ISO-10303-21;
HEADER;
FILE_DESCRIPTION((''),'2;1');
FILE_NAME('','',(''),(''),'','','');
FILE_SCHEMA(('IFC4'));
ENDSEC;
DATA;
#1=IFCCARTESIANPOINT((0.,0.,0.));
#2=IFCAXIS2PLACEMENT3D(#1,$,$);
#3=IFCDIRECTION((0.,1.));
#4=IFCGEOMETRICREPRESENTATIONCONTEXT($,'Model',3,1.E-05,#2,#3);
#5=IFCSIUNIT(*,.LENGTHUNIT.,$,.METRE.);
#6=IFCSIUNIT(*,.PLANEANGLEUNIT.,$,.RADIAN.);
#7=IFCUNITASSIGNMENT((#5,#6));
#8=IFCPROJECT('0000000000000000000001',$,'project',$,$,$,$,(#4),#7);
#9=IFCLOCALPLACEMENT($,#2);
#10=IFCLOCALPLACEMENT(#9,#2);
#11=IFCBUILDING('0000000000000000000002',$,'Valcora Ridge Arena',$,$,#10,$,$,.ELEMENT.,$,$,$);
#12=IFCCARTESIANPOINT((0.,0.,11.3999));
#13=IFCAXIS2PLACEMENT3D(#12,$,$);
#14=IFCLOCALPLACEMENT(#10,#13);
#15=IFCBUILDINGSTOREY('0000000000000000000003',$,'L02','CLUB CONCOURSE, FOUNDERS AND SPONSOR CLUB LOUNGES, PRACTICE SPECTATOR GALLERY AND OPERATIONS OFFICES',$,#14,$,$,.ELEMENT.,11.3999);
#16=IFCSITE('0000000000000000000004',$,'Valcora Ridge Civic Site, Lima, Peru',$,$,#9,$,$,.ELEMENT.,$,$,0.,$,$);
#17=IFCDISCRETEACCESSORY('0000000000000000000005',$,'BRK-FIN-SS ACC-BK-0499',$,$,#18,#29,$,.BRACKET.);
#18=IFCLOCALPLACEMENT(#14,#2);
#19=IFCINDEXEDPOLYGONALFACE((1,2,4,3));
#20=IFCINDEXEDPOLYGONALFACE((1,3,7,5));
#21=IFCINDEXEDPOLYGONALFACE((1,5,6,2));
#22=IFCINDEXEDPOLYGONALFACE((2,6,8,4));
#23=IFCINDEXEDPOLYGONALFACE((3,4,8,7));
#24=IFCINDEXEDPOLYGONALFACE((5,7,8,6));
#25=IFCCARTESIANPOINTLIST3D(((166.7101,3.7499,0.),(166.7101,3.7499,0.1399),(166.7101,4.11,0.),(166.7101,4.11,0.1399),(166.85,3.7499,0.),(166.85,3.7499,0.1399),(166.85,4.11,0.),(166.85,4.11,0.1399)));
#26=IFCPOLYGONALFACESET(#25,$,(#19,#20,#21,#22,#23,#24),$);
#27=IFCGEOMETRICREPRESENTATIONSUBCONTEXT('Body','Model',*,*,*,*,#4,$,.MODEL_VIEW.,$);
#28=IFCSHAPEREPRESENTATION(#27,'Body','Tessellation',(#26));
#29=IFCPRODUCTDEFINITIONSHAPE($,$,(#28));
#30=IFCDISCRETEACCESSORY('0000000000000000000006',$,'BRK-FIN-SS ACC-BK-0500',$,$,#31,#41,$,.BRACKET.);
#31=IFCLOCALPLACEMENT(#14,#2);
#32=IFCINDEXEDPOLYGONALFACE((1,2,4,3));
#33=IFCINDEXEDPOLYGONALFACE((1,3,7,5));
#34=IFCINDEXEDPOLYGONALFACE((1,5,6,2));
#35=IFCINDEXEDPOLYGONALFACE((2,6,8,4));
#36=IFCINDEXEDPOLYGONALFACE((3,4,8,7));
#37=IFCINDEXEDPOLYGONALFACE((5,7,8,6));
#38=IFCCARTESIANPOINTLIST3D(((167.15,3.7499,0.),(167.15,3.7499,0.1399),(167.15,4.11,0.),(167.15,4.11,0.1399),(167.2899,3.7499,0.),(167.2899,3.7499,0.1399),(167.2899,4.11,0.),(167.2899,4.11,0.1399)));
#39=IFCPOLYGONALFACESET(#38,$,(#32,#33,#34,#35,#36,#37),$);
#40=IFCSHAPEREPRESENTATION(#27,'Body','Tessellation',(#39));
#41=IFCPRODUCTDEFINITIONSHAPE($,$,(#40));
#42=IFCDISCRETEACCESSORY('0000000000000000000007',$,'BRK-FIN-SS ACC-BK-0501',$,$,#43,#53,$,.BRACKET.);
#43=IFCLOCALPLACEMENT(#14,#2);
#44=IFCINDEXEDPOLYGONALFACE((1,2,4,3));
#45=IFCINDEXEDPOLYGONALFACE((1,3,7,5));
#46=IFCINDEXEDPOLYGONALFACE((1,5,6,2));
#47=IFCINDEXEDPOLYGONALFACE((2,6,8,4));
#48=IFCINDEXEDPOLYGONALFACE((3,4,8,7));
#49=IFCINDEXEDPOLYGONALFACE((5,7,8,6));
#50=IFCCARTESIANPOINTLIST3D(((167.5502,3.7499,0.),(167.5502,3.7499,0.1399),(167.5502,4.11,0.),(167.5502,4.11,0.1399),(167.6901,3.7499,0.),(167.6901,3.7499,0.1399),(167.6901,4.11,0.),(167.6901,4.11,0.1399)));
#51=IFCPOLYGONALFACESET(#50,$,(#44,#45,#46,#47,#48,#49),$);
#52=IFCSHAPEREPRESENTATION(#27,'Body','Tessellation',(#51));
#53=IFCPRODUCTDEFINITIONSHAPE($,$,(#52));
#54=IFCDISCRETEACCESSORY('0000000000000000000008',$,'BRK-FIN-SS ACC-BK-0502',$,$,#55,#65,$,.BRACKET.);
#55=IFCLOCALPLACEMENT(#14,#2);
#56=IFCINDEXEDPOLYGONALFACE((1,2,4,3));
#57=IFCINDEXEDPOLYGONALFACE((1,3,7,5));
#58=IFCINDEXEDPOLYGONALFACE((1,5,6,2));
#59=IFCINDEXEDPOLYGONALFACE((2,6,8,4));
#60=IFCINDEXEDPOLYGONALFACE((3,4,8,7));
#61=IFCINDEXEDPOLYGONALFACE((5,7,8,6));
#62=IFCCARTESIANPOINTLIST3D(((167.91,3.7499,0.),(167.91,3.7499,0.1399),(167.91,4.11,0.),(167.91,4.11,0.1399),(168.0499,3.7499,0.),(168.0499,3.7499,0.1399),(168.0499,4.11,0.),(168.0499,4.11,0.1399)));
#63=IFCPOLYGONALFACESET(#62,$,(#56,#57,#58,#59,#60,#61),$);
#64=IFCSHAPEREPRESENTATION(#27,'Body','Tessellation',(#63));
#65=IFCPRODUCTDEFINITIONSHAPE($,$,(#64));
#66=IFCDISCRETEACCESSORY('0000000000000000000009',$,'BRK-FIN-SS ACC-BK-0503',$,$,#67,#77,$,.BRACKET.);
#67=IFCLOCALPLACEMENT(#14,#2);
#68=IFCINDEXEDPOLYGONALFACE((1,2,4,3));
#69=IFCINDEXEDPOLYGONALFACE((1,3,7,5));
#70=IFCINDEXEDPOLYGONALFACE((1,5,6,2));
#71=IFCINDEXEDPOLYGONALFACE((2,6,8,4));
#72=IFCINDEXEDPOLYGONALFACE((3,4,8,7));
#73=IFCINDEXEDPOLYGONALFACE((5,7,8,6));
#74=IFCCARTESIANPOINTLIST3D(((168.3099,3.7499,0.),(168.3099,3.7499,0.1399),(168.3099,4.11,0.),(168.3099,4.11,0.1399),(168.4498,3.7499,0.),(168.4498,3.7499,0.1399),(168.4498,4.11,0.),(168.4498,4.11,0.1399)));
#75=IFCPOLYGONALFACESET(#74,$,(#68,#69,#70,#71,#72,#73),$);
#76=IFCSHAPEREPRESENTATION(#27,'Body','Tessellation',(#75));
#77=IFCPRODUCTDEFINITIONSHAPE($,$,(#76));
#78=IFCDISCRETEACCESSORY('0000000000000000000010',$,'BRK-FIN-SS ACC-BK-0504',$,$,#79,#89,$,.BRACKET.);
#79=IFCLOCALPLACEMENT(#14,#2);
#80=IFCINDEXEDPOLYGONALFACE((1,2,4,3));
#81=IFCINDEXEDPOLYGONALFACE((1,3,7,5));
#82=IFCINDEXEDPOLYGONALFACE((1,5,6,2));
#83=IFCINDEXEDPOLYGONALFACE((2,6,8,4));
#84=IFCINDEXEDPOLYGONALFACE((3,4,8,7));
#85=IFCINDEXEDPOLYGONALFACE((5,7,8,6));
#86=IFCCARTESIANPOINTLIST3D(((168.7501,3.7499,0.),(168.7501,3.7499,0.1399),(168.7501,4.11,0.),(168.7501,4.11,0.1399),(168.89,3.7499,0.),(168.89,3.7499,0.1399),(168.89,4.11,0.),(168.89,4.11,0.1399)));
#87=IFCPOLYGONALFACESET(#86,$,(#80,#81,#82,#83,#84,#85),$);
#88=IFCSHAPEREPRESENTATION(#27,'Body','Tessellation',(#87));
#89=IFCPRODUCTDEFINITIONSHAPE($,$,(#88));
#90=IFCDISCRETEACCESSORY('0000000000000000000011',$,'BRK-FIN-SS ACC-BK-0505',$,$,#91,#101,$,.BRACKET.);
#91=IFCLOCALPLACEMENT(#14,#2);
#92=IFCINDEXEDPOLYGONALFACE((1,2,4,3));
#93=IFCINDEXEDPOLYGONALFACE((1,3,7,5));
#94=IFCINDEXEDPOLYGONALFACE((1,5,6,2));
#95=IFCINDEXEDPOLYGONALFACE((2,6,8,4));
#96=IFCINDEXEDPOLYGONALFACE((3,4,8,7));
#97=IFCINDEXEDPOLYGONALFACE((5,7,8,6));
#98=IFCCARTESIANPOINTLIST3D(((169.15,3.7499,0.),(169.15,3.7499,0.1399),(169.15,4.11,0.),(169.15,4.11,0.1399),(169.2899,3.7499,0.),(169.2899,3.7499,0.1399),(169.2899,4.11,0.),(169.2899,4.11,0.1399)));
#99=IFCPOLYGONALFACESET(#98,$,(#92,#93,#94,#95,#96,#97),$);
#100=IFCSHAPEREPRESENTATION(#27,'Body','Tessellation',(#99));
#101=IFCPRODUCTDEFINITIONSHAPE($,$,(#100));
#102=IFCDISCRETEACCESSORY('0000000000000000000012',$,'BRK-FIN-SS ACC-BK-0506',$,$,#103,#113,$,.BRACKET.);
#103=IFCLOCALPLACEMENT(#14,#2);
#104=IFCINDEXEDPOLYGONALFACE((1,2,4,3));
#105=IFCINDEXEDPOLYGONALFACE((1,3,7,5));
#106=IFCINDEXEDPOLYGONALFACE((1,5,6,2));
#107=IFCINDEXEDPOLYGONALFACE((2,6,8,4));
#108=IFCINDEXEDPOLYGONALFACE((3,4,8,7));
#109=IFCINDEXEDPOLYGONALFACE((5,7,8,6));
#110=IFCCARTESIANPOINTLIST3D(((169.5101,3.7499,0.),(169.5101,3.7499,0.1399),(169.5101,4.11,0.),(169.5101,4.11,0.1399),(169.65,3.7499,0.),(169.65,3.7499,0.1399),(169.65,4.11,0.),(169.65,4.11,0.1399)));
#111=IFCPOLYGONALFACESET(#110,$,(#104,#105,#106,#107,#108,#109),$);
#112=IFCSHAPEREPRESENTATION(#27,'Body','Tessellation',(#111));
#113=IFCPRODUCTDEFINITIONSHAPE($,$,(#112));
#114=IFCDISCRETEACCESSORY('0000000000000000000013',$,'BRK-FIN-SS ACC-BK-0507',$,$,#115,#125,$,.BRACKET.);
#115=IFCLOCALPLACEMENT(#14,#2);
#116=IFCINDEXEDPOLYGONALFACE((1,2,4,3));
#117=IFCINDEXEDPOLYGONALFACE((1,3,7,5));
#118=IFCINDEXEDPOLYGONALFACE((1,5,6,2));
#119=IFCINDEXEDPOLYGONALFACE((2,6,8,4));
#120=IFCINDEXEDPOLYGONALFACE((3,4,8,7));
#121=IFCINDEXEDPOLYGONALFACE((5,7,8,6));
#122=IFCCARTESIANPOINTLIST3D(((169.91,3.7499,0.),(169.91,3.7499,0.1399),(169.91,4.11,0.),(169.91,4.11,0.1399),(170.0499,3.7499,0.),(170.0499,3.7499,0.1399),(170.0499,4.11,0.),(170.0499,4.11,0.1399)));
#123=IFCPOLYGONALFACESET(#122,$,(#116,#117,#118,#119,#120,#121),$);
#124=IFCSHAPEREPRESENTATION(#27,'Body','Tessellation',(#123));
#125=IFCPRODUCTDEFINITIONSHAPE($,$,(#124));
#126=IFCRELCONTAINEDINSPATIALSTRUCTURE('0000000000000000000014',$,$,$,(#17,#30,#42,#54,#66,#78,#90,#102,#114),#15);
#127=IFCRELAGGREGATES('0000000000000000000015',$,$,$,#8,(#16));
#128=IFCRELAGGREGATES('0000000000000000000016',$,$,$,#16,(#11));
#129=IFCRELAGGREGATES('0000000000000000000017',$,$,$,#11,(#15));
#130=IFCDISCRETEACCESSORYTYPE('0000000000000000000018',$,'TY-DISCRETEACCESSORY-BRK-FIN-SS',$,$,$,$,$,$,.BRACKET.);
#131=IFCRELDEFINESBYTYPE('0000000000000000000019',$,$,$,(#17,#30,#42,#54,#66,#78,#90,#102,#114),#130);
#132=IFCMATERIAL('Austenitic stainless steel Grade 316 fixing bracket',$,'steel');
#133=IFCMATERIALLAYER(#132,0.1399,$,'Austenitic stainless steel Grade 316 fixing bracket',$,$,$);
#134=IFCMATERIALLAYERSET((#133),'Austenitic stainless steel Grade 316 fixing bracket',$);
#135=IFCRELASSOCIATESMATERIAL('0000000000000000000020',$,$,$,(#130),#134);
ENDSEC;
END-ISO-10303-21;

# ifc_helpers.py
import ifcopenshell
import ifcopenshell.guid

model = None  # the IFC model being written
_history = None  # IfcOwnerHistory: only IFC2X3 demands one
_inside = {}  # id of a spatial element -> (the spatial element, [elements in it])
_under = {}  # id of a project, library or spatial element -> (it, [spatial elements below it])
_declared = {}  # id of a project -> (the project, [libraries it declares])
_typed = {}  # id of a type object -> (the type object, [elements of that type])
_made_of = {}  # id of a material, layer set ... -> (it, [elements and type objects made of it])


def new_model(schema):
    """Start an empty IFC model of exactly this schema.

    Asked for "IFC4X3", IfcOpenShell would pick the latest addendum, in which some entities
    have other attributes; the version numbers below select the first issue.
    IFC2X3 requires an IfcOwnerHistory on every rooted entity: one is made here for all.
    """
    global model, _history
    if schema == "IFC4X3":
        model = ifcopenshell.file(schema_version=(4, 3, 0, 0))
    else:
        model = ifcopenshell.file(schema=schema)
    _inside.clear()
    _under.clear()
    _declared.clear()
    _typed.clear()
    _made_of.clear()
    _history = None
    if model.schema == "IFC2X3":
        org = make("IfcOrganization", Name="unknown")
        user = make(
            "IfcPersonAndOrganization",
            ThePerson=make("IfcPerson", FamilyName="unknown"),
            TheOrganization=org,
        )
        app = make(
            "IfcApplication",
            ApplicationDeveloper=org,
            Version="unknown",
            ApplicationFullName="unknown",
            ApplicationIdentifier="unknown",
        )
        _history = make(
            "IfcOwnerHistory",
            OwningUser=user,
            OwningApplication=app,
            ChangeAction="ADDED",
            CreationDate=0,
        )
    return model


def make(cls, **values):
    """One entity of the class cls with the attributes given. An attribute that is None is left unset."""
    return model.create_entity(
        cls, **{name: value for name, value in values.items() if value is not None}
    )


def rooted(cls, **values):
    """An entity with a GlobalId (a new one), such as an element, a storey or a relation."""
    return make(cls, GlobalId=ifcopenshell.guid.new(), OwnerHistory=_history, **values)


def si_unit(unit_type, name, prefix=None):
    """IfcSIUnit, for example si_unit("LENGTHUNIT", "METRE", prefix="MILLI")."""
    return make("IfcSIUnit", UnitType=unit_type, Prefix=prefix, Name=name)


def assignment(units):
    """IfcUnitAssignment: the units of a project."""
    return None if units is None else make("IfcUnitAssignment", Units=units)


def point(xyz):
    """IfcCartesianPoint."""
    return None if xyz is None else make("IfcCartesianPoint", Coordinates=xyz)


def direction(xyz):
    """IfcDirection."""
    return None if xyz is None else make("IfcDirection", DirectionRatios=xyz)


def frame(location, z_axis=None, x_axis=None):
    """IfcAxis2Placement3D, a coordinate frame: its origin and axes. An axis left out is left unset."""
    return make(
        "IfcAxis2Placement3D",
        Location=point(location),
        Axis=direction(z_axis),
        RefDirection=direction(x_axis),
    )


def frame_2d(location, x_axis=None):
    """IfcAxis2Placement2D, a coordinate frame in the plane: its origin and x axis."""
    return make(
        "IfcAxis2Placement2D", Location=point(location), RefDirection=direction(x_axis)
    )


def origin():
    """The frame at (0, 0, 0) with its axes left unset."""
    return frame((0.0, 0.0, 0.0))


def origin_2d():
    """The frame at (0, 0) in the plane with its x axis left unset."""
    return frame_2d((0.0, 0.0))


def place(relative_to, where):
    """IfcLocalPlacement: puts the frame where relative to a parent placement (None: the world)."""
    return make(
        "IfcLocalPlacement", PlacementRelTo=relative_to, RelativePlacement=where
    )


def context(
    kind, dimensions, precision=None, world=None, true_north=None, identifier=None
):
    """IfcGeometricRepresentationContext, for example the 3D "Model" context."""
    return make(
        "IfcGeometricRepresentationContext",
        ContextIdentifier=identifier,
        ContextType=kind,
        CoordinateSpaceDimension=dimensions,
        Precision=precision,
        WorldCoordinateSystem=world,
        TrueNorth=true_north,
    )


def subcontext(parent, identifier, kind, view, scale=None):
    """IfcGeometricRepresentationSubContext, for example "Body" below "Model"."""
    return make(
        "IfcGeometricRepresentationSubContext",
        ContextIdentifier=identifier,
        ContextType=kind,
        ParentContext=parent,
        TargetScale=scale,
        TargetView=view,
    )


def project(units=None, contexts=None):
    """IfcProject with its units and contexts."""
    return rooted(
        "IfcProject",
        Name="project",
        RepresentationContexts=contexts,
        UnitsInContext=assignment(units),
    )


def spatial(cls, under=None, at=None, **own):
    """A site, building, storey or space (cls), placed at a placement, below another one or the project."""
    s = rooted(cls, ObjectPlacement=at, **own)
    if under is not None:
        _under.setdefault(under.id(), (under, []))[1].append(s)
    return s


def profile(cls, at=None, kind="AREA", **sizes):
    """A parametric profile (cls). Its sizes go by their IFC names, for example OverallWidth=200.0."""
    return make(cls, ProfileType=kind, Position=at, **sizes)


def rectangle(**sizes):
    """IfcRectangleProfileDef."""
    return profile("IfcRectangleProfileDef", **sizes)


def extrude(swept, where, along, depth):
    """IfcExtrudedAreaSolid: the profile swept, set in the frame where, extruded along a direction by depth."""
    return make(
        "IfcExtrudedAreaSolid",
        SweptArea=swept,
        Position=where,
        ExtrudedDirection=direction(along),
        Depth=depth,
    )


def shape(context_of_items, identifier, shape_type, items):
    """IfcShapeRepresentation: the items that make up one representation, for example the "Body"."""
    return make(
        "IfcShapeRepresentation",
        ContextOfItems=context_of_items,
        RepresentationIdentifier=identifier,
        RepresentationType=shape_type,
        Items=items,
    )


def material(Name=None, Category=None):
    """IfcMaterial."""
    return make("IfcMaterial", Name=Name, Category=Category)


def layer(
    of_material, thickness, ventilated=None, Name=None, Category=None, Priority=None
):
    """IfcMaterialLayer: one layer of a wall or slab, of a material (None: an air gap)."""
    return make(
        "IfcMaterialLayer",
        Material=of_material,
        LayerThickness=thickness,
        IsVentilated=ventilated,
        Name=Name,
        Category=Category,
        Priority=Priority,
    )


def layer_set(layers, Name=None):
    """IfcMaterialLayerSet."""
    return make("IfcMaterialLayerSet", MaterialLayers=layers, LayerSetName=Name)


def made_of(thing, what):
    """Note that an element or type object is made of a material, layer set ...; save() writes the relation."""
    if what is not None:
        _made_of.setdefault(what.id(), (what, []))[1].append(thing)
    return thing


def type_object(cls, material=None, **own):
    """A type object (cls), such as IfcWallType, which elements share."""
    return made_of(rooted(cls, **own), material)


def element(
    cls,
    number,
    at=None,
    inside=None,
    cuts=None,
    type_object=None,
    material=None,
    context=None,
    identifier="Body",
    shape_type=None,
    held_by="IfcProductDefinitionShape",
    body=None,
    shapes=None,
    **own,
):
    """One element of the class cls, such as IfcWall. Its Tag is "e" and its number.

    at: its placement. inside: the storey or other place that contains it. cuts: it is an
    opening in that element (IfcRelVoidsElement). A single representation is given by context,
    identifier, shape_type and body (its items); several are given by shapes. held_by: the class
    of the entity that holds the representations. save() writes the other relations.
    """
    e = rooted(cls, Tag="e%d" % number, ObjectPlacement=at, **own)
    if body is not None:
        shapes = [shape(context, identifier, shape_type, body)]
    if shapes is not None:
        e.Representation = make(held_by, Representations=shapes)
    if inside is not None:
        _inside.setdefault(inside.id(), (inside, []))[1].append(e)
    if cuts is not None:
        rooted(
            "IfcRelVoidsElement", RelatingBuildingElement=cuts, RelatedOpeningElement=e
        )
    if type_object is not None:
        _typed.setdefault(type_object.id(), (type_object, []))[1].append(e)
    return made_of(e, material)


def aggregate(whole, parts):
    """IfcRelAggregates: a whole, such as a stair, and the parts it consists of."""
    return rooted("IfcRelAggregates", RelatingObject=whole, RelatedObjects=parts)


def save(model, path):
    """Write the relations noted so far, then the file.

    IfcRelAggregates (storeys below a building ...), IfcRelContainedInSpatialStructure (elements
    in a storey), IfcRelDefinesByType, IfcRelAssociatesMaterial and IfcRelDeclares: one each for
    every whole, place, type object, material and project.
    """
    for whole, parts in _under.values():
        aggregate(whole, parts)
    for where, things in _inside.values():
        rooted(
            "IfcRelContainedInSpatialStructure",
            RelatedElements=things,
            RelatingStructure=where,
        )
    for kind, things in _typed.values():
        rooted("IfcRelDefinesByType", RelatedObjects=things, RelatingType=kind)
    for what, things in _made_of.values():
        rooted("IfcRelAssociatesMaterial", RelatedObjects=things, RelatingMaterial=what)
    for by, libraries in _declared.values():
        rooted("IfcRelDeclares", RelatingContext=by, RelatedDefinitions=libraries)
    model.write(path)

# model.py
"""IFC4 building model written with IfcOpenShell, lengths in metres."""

from ifc_helpers import new_model, si_unit, direction, frame, origin, origin_2d, place, context, subcontext, project, spatial, rectangle, extrude, material, layer, layer_set, type_object, element, save


model = new_model("IFC4")

# Units and contexts
model_context = context("Model", 3, precision=1e-05, world=origin(), true_north=direction((0.0, 1.0)))
body_context = subcontext(model_context, "Body", "Model", "MODEL_VIEW")
ifc_project = project(units=[si_unit("LENGTHUNIT", "METRE"), si_unit("PLANEANGLEUNIT", "RADIAN")], contexts=[model_context])

# Site, building, storey
site_placement = place(None, origin())
site = spatial("IfcSite", under=ifc_project, at=site_placement, Name="Valcora Ridge Civic Site, Lima, Peru", CompositionType="ELEMENT", RefElevation=0.0)
building_placement = place(site_placement, origin())
building = spatial("IfcBuilding", under=site, at=building_placement, Name="Valcora Ridge Arena", CompositionType="ELEMENT")
storey_placement = place(building_placement, frame((0.0, 0.0, 11.3999)))
storey = spatial("IfcBuildingStorey", under=building, at=storey_placement, Name="L02", Description="CLUB CONCOURSE, FOUNDERS AND SPONSOR CLUB LOUNGES, PRACTICE SPECTATOR GALLERY AND OPERATIONS OFFICES", CompositionType="ELEMENT", Elevation=11.3999)

# Discrete accessories
ifc_material_1 = material(Name="Austenitic stainless steel Grade 316 fixing bracket", Category="steel")
ifc_layer_1 = layer(ifc_material_1, 0.1399, Name="Austenitic stainless steel Grade 316 fixing bracket")
ifc_layer_set_1 = layer_set([ifc_layer_1], Name="Austenitic stainless steel Grade 316 fixing bracket")
discrete_accessory_type = type_object("IfcDiscreteAccessoryType", Name="TY-DISCRETEACCESSORY-BRK-FIN-SS", PredefinedType="BRACKET", material=ifc_layer_set_1)
for number, where, z_axis, x_axis, name in (
    (1, (166.78, 3.9299, 0.0), (0.0, 0.0, 1.0), (0.0, 1.0, 0.0), "BRK-FIN-SS ACC-BK-0499"),
    (2, (167.22, 3.9299, 0.0), (0.0, 0.0, 1.0), (0.0, 1.0, 0.0), "BRK-FIN-SS ACC-BK-0500"),
    (3, (167.6201, 3.9299, 0.0), (0.0, 0.0, 1.0), (0.0, 1.0, 0.0), "BRK-FIN-SS ACC-BK-0501"),
    (4, (167.98, 3.9299, 0.0), (0.0, 0.0, 1.0), (0.0, 1.0, 0.0), "BRK-FIN-SS ACC-BK-0502"),
    (5, (168.3799, 3.9299, 0.0), (0.0, 0.0, 1.0), (0.0, 1.0, 0.0), "BRK-FIN-SS ACC-BK-0503"),
    (6, (168.8201, 3.9299, 0.0), (0.0, 0.0, 1.0), (0.0, 1.0, 0.0), "BRK-FIN-SS ACC-BK-0504"),
    (7, (169.22, 3.9299, 0.0), (0.0, 0.0, 1.0), (0.0, 1.0, 0.0), "BRK-FIN-SS ACC-BK-0505"),
    (8, (169.5801, 3.9299, 0.0), (0.0, 0.0, 1.0), (0.0, 1.0, 0.0), "BRK-FIN-SS ACC-BK-0506"),
    (9, (169.98, 3.9299, 0.0), (0.0, 0.0, 1.0), (0.0, 1.0, 0.0), "BRK-FIN-SS ACC-BK-0507"),
):
    element("IfcDiscreteAccessory", number, at=place(storey_placement, frame(where, z_axis=z_axis, x_axis=x_axis)), inside=storey, type_object=discrete_accessory_type, Name=name, PredefinedType="BRACKET", context=body_context, shape_type="SweptSolid", body=[
        extrude(rectangle(XDim=0.3601, YDim=0.1399, at=origin_2d()), origin(), (0.0, 0.0, 1.0), 0.1399),
    ])

save(model, "model.ifc")
